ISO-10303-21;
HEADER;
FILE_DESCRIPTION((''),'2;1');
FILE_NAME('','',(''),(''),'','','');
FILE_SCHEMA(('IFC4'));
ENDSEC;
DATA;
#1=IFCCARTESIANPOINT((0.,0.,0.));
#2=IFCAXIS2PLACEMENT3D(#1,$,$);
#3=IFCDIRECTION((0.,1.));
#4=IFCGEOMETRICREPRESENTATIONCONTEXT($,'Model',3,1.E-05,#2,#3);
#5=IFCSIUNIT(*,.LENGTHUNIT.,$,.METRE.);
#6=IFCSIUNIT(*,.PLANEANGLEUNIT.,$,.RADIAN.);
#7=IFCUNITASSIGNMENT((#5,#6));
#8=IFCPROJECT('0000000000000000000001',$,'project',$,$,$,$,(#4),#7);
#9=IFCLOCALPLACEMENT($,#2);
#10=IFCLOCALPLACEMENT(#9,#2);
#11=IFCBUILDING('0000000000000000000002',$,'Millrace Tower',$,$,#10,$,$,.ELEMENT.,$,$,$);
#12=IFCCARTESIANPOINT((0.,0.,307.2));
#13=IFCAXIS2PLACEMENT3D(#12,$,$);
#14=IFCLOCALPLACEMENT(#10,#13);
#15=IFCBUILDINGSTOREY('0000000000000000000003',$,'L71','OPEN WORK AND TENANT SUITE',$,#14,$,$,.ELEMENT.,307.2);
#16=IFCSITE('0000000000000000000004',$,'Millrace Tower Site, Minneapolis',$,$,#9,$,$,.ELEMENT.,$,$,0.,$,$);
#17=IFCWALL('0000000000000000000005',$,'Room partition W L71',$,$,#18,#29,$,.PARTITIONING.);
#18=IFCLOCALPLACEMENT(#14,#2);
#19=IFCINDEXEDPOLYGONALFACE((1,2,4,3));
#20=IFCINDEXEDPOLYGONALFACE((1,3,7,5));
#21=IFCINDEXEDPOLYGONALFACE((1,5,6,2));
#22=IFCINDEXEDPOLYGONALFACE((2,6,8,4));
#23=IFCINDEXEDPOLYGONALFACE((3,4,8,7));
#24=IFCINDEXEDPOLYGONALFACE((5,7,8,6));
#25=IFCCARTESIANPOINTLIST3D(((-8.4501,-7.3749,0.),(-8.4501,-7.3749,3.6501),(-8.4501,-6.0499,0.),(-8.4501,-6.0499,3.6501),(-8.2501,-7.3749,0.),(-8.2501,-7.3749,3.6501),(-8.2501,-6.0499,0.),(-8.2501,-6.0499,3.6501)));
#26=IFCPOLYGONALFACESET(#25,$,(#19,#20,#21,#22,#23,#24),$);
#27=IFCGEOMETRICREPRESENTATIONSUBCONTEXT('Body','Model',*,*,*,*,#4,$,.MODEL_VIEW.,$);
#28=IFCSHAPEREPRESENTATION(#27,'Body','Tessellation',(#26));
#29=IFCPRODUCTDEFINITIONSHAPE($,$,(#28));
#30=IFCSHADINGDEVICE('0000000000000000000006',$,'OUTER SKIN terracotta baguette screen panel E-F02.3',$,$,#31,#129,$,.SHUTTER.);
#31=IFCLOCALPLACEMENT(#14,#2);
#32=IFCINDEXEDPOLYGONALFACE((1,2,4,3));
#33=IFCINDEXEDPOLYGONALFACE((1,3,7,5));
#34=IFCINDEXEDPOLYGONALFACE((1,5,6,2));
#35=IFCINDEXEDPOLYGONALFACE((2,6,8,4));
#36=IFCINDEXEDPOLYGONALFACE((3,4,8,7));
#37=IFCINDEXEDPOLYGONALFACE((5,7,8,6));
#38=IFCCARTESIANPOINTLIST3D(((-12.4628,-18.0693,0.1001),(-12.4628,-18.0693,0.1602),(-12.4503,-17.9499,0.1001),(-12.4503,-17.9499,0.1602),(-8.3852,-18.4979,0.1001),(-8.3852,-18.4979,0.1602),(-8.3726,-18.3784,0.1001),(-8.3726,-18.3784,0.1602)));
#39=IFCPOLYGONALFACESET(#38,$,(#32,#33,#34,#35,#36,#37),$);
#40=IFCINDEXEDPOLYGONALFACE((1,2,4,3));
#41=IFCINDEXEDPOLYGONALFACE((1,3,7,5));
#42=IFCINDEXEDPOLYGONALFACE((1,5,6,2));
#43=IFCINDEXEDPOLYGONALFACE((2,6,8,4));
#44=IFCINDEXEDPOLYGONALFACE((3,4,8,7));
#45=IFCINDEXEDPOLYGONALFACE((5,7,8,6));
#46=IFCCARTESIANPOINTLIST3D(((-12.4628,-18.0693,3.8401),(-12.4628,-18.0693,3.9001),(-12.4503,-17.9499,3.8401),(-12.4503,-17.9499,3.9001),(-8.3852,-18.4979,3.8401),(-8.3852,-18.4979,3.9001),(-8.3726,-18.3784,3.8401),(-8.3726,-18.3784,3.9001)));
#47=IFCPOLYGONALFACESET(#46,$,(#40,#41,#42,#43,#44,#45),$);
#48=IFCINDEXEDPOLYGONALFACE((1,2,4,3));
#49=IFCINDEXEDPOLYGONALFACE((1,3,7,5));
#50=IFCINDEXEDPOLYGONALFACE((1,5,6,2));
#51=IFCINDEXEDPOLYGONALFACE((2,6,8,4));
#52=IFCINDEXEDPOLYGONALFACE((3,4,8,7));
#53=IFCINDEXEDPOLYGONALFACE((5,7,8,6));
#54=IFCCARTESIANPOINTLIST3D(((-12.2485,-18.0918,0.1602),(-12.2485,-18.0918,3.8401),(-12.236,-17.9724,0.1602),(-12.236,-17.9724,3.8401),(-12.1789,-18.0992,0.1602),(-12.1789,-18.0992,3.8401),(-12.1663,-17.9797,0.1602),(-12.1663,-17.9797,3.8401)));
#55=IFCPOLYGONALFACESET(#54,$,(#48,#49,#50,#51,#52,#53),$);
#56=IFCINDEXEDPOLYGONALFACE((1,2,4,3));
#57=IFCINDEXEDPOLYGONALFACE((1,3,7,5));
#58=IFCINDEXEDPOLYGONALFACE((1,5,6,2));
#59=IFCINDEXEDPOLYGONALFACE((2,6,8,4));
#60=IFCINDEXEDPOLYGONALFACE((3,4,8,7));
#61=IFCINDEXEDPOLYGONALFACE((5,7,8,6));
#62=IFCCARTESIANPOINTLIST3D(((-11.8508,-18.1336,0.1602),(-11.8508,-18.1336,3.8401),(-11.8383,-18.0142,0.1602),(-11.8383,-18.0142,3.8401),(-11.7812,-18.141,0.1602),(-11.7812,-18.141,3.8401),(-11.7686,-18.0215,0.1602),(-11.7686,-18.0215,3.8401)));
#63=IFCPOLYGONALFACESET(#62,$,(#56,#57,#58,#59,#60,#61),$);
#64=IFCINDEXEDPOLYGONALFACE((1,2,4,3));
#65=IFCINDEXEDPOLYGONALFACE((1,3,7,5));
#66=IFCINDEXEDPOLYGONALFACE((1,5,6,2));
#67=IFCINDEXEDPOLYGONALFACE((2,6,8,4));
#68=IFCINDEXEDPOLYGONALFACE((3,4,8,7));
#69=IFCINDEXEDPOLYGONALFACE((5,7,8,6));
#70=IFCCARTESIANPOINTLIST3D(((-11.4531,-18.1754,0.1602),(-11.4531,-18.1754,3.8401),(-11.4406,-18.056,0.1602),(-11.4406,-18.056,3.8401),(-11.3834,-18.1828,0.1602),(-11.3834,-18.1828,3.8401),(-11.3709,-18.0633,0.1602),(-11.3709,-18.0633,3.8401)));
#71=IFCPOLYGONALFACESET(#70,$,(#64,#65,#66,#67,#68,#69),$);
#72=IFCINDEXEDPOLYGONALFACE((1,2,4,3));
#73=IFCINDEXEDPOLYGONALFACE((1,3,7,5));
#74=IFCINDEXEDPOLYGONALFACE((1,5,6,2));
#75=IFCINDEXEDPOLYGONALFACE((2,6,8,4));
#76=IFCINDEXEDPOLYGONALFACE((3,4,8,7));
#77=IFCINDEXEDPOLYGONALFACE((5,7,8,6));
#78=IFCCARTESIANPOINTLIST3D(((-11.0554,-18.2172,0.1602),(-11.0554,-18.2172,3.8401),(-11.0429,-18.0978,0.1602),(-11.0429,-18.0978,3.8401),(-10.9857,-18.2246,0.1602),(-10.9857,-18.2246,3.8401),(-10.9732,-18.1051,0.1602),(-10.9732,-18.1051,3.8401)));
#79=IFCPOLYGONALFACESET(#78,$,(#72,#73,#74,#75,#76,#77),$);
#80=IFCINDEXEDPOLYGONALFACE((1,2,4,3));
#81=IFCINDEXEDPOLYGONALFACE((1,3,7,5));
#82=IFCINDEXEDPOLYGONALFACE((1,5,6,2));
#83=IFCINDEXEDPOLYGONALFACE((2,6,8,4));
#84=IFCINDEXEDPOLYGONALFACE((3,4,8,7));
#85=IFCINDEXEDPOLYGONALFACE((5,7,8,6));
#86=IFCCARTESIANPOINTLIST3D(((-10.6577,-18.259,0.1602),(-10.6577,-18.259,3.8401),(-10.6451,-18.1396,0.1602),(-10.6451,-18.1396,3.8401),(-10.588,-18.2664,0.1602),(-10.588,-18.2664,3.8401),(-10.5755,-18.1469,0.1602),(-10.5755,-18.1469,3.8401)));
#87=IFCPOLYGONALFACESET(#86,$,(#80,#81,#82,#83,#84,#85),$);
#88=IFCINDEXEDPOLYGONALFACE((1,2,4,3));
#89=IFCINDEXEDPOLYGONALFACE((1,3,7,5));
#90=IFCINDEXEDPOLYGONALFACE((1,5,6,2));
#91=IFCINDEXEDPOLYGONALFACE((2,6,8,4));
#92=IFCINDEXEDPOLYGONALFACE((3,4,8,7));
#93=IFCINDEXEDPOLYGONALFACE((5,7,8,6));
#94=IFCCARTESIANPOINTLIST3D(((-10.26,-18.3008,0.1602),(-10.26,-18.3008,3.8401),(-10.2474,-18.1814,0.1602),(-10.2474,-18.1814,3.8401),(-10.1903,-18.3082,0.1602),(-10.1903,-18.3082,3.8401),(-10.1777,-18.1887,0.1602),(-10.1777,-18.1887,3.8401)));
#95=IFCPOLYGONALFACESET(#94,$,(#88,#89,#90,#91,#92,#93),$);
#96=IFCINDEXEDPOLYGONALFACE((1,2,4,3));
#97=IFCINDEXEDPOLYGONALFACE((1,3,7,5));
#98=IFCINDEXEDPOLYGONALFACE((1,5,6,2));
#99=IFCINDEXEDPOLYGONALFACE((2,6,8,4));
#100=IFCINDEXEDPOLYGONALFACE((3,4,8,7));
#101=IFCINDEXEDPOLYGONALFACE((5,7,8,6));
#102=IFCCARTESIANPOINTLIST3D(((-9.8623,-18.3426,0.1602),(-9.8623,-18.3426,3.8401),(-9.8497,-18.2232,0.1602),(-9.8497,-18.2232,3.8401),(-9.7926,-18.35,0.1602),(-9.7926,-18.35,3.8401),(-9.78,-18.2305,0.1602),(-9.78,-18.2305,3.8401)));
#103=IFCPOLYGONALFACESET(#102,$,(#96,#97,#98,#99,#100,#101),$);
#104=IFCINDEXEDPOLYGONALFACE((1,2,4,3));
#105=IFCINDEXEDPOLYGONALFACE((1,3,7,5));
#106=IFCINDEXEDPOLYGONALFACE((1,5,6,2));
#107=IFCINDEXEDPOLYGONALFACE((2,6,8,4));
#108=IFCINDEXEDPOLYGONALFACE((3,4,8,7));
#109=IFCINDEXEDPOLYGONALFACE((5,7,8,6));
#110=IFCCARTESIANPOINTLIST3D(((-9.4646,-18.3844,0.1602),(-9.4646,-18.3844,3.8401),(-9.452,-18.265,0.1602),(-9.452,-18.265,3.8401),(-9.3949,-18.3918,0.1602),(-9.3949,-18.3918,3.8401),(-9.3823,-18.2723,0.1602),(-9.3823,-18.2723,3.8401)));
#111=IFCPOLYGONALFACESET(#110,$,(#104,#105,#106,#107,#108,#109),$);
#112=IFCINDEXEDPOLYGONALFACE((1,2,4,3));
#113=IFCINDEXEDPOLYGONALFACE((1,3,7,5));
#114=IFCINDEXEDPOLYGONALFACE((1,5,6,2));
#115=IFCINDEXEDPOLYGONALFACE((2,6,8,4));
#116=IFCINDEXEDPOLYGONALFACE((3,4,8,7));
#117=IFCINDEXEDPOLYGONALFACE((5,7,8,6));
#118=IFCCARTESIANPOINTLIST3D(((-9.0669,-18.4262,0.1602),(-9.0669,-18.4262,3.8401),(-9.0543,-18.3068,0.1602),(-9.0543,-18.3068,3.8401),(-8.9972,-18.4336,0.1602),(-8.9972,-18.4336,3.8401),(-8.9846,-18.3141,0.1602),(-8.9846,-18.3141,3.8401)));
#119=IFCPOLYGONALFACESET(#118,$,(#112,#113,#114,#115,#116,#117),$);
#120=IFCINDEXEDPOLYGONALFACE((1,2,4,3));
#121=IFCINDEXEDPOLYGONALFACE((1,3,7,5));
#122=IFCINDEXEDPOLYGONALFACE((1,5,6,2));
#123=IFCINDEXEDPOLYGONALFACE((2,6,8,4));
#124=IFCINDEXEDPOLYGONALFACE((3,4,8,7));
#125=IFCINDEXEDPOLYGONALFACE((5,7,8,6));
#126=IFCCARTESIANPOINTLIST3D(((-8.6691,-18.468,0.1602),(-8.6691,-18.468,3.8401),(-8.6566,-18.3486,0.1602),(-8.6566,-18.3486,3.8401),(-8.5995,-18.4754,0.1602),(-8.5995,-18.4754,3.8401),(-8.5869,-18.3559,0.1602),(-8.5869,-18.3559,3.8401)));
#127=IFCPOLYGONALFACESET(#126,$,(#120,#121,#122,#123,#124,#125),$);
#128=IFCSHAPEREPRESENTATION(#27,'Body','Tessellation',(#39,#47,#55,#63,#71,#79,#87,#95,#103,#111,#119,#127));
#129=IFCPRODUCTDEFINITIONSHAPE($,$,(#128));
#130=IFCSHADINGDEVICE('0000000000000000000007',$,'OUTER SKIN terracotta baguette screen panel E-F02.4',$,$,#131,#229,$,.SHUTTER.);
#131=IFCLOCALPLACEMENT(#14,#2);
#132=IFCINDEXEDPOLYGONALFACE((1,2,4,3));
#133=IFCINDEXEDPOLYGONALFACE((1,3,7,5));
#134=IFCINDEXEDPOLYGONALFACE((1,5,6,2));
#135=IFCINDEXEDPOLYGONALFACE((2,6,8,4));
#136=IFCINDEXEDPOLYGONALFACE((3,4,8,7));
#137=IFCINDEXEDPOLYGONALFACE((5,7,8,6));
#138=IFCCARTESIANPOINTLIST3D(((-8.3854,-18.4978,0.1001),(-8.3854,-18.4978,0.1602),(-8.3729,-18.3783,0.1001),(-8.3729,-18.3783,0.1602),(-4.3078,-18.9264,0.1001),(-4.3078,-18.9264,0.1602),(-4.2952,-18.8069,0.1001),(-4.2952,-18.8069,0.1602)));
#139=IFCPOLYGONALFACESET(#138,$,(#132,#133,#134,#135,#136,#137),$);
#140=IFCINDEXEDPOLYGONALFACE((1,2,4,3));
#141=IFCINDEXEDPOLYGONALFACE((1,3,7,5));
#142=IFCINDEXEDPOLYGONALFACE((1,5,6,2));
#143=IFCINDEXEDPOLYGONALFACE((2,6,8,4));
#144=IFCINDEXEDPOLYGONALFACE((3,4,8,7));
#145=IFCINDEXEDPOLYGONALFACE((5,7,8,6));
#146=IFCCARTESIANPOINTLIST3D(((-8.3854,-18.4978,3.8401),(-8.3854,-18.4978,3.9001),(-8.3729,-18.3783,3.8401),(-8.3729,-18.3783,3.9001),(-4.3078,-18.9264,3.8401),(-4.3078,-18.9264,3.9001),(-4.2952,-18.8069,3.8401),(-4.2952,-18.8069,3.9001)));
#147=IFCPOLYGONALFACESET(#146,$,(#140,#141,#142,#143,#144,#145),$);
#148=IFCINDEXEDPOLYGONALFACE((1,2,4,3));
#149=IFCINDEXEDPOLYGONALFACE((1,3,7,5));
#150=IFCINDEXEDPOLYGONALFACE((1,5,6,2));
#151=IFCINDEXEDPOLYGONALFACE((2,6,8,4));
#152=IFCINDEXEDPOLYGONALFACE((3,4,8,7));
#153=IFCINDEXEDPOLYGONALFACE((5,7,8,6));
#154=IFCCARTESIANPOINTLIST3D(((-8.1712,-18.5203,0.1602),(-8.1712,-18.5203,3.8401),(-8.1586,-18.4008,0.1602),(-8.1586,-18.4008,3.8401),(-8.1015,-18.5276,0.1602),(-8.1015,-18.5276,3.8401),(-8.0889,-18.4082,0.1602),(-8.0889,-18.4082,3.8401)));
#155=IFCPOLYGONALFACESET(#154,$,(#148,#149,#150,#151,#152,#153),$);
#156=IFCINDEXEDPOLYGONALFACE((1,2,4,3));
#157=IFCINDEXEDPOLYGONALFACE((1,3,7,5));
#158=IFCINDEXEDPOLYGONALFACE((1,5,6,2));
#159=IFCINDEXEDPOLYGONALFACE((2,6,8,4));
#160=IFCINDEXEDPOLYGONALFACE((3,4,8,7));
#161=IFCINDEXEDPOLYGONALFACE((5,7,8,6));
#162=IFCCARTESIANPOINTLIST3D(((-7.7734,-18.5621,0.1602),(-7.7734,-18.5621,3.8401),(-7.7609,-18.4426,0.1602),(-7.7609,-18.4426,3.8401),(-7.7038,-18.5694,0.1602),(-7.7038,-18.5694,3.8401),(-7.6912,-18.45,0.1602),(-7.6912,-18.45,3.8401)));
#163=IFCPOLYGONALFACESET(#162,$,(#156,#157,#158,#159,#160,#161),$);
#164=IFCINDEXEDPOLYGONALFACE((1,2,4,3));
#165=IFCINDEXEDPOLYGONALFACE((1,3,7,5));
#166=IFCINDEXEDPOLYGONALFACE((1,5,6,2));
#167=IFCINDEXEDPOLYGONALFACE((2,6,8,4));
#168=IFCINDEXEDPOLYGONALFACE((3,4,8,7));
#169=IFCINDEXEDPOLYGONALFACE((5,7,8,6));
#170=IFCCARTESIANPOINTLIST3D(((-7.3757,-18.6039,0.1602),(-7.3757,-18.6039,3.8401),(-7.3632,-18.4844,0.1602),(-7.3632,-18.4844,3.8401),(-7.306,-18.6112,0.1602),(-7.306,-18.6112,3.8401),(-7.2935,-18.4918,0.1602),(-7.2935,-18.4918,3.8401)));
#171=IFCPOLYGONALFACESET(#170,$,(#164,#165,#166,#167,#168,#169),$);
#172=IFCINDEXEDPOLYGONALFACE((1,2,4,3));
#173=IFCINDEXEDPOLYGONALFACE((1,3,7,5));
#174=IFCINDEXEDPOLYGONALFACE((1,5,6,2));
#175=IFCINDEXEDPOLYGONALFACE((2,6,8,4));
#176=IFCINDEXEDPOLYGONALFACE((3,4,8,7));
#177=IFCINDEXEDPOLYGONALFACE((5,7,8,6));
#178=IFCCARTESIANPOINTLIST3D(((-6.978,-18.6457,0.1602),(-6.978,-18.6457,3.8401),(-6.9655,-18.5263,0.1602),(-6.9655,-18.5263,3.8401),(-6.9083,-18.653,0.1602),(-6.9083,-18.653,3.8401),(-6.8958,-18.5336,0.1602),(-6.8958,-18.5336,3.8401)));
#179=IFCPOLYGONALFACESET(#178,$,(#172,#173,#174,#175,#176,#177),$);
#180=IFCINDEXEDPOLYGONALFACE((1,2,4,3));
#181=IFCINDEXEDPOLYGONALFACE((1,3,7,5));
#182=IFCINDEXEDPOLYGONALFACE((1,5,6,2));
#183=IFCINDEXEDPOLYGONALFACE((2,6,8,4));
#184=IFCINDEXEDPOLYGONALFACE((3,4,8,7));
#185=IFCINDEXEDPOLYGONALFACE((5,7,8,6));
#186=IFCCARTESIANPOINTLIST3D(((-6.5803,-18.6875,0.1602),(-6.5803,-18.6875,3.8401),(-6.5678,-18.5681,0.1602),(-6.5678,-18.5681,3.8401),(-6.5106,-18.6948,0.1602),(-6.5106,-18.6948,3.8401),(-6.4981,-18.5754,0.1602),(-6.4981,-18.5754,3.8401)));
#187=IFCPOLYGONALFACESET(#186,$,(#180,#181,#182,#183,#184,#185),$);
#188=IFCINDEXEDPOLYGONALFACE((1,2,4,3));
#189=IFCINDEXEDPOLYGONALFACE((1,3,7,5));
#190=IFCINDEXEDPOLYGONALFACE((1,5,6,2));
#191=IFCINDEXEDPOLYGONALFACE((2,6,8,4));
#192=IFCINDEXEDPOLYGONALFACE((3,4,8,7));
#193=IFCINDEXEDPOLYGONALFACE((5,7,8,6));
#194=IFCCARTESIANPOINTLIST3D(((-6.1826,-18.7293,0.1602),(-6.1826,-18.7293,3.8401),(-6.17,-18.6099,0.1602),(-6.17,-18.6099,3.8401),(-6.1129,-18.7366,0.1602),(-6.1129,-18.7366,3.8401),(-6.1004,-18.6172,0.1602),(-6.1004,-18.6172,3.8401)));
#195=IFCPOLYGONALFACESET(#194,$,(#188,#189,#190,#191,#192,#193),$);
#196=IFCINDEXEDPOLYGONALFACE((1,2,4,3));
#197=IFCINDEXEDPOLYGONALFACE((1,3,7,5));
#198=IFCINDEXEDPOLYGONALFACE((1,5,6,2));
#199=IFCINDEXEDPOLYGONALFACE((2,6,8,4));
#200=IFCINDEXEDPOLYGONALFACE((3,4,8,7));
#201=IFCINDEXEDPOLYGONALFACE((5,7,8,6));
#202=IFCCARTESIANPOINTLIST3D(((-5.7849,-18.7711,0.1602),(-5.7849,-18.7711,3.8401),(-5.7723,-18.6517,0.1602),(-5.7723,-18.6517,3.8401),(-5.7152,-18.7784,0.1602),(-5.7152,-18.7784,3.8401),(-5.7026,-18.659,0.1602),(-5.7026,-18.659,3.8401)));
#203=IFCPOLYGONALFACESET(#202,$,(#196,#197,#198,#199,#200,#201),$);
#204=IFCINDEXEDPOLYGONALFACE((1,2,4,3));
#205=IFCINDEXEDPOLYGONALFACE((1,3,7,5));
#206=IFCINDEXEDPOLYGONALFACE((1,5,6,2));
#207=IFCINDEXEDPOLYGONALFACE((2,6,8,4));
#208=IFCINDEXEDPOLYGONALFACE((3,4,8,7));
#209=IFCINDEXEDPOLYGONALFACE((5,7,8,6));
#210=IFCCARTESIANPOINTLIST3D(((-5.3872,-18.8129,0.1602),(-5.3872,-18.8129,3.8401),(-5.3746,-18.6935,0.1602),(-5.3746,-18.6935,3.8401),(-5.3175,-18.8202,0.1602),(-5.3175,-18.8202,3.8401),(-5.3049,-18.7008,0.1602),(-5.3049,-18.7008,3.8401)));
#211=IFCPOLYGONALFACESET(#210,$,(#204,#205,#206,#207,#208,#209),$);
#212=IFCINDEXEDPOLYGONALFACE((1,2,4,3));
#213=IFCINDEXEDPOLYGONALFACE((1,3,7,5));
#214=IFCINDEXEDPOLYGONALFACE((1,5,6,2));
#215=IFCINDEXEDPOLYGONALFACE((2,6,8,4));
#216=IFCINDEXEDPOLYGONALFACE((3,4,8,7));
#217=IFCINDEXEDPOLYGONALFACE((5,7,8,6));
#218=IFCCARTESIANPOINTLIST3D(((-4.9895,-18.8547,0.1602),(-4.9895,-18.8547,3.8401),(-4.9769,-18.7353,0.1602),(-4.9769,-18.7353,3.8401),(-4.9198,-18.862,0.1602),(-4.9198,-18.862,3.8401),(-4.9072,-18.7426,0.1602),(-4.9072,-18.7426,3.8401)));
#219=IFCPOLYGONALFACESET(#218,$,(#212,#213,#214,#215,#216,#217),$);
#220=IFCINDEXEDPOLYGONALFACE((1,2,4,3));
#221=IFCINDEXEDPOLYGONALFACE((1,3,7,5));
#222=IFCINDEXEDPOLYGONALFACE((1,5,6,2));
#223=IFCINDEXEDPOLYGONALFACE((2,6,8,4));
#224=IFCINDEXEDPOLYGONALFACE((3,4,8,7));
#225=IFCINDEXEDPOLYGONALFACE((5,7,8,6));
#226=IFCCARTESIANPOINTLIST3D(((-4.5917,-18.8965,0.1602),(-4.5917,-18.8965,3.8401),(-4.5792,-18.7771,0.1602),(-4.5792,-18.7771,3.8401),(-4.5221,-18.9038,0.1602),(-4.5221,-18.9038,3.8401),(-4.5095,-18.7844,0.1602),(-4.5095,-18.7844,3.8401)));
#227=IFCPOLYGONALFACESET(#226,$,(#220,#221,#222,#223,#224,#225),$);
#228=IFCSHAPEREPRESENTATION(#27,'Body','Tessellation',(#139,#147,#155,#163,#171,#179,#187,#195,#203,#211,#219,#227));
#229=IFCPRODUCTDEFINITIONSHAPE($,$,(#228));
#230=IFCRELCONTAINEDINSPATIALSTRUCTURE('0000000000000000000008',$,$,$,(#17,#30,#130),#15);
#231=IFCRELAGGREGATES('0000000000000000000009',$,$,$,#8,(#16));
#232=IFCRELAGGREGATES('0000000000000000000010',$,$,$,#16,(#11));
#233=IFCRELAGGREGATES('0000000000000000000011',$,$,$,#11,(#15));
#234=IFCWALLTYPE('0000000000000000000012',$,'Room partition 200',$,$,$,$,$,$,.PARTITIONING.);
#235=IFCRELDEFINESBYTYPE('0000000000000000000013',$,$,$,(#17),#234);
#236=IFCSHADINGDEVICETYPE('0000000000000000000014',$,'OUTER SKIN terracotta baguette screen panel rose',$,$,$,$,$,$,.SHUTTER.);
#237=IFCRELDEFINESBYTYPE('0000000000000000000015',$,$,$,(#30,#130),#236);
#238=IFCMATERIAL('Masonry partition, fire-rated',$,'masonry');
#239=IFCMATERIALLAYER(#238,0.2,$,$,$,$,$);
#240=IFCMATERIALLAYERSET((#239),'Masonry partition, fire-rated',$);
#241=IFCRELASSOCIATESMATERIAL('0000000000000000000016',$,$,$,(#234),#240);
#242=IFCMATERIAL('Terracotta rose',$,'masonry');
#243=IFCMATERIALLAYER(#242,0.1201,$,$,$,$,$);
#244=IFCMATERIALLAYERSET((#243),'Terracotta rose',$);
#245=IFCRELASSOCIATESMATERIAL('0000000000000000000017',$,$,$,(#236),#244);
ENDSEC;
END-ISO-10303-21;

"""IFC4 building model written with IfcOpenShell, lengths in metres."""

from ifc_helpers import new_model, entity, si_unit, direction, frame, frame_2d, origin, place, context, subcontext, project, spatial, rectangle, extrude, source, transform, mapped, material, layer, layer_set, type_object, element, save


model = new_model("IFC4")

# Units and contexts
model_context = context("Model", 3, precision=1e-05, world=origin(), true_north=direction((0.0, 1.0)))
body_context = subcontext(model_context, "Body", "Model", "MODEL_VIEW")
ifc_project = project(units=[si_unit("LENGTHUNIT", "METRE"), si_unit("PLANEANGLEUNIT", "RADIAN")], contexts=[model_context])

# Site, building, storey
site_placement = place(None, origin())
site = spatial("IfcSite", under=ifc_project, at=site_placement, Name="Millrace Tower Site, Minneapolis", CompositionType="ELEMENT", RefElevation=0.0)
building_placement = place(site_placement, origin())
building = spatial("IfcBuilding", under=site, at=building_placement, Name="Millrace Tower", CompositionType="ELEMENT")
storey_placement = place(building_placement, frame((0.0, 0.0, 307.2)))
storey = spatial("IfcBuildingStorey", under=building, at=storey_placement, Name="L71", Description="OPEN WORK AND TENANT SUITE", CompositionType="ELEMENT", Elevation=307.2)

# Wall
ifc_material_1 = material(Name="Masonry partition, fire-rated", Category="masonry")
ifc_layer_1 = layer(ifc_material_1, 0.2)
ifc_layer_set_1 = layer_set([ifc_layer_1], Name="Masonry partition, fire-rated")
wall_type_1 = type_object("IfcWallType", Name="Room partition 200", PredefinedType="PARTITIONING", material=ifc_layer_set_1)
wall_1_placement = place(storey_placement, frame((-8.3501, -7.375, 0.0), z_axis=(0.0, 0.0, 1.0), x_axis=(0.0, 1.0, 0.0)))
element("IfcWall", 1, at=wall_1_placement, inside=storey, type_object=wall_type_1, Name="Room partition W L71", PredefinedType="PARTITIONING", context=body_context, shape_type="SweptSolid", body=[
    extrude(rectangle(XDim=1.325, YDim=0.2, at=frame_2d((0.6626, 0.0))), origin(), (0.0, 0.0, 1.0), 3.6501),
])

# Shading devices
ifc_material_2 = material(Name="Terracotta rose", Category="masonry")
ifc_layer_2 = layer(ifc_material_2, 0.1201)
ifc_layer_set_2 = layer_set([ifc_layer_2], Name="Terracotta rose")
shading_device_type = type_object("IfcShadingDeviceType", Name="OUTER SKIN terracotta baguette screen panel rose", PredefinedType="SHUTTER", material=ifc_layer_set_2)
cartesian_point = entity("IfcCartesianPoint", [-2.05, 0.0601])
shared_polyline = entity("IfcPolyline", [cartesian_point, entity("IfcCartesianPoint", [2.05, 0.0601]), entity("IfcCartesianPoint", [2.05, -0.0601]), entity("IfcCartesianPoint", [-2.05, -0.0601]), cartesian_point])
shared_shape = source(origin(), body_context, "Body", "SweptSolid", [
    entity("IfcExtrudedAreaSolid", entity("IfcArbitraryClosedProfileDef", "AREA", None, shared_polyline), entity("IfcAxis2Placement3D", entity("IfcCartesianPoint", [0.0, 0.0, 0.0])), entity("IfcDirection", [0.0, 0.0, 1.0]), 0.0601),
    entity("IfcExtrudedAreaSolid", entity("IfcArbitraryClosedProfileDef", "AREA", None, shared_polyline), entity("IfcAxis2Placement3D", entity("IfcCartesianPoint", [0.0, 0.0, 3.74])), entity("IfcDirection", [0.0, 0.0, 1.0]), 0.0601),
    extrude(rectangle(XDim=0.0701, YDim=0.1201, at=frame_2d((-1.7996, 0.0))), frame((0.0, 0.0, 0.0601)), (0.0, 0.0, 1.0), 3.6799),
    extrude(rectangle(XDim=0.0701, YDim=0.1201, at=frame_2d((-1.3997, 0.0))), frame((0.0, 0.0, 0.0601)), (0.0, 0.0, 1.0), 3.6799),
    extrude(rectangle(XDim=0.0701, YDim=0.1201, at=frame_2d((-0.9998, 0.0))), frame((0.0, 0.0, 0.0601)), (0.0, 0.0, 1.0), 3.6799),
    extrude(rectangle(XDim=0.0701, YDim=0.1201, at=frame_2d((-0.5999, 0.0))), frame((0.0, 0.0, 0.0601)), (0.0, 0.0, 1.0), 3.6799),
    extrude(rectangle(XDim=0.0701, YDim=0.1201, at=frame_2d((-0.2, 0.0))), frame((0.0, 0.0, 0.0601)), (0.0, 0.0, 1.0), 3.6799),
    extrude(rectangle(XDim=0.0701, YDim=0.1201, at=frame_2d((0.2, 0.0))), frame((0.0, 0.0, 0.0601)), (0.0, 0.0, 1.0), 3.6799),
    extrude(rectangle(XDim=0.0701, YDim=0.1201, at=frame_2d((0.5999, 0.0))), frame((0.0, 0.0, 0.0601)), (0.0, 0.0, 1.0), 3.6799),
    extrude(rectangle(XDim=0.0701, YDim=0.1201, at=frame_2d((0.9998, 0.0))), frame((0.0, 0.0, 0.0601)), (0.0, 0.0, 1.0), 3.6799),
    extrude(rectangle(XDim=0.0701, YDim=0.1201, at=frame_2d((1.3997, 0.0))), frame((0.0, 0.0, 0.0601)), (0.0, 0.0, 1.0), 3.6799),
    extrude(rectangle(XDim=0.0701, YDim=0.1201, at=frame_2d((1.7996, 0.0))), frame((0.0, 0.0, 0.0601)), (0.0, 0.0, 1.0), 3.6799),
])
for number, where, z_axis, x_axis, name in (
    (2, (-10.4177, -18.2239, 0.1001), (0.0, 0.0, 1.0), (0.994522, -0.104528, 0.0), "OUTER SKIN terracotta baguette screen panel E-F02.3"),
    (3, (-6.3403, -18.6523, 0.1001), (0.0, 0.0, 1.0), (0.994522, -0.104528, 0.0), "OUTER SKIN terracotta baguette screen panel E-F02.4"),
):
    element("IfcShadingDevice", number, at=place(storey_placement, frame(where, z_axis=z_axis, x_axis=x_axis)), inside=storey, type_object=shading_device_type, Name=name, PredefinedType="SHUTTER", context=body_context, shape_type="MappedRepresentation", body=[
        mapped(shared_shape, transform((0.0, 0.0, 0.0), scale=1.0)),
    ])

save(model, "model.ifc")
